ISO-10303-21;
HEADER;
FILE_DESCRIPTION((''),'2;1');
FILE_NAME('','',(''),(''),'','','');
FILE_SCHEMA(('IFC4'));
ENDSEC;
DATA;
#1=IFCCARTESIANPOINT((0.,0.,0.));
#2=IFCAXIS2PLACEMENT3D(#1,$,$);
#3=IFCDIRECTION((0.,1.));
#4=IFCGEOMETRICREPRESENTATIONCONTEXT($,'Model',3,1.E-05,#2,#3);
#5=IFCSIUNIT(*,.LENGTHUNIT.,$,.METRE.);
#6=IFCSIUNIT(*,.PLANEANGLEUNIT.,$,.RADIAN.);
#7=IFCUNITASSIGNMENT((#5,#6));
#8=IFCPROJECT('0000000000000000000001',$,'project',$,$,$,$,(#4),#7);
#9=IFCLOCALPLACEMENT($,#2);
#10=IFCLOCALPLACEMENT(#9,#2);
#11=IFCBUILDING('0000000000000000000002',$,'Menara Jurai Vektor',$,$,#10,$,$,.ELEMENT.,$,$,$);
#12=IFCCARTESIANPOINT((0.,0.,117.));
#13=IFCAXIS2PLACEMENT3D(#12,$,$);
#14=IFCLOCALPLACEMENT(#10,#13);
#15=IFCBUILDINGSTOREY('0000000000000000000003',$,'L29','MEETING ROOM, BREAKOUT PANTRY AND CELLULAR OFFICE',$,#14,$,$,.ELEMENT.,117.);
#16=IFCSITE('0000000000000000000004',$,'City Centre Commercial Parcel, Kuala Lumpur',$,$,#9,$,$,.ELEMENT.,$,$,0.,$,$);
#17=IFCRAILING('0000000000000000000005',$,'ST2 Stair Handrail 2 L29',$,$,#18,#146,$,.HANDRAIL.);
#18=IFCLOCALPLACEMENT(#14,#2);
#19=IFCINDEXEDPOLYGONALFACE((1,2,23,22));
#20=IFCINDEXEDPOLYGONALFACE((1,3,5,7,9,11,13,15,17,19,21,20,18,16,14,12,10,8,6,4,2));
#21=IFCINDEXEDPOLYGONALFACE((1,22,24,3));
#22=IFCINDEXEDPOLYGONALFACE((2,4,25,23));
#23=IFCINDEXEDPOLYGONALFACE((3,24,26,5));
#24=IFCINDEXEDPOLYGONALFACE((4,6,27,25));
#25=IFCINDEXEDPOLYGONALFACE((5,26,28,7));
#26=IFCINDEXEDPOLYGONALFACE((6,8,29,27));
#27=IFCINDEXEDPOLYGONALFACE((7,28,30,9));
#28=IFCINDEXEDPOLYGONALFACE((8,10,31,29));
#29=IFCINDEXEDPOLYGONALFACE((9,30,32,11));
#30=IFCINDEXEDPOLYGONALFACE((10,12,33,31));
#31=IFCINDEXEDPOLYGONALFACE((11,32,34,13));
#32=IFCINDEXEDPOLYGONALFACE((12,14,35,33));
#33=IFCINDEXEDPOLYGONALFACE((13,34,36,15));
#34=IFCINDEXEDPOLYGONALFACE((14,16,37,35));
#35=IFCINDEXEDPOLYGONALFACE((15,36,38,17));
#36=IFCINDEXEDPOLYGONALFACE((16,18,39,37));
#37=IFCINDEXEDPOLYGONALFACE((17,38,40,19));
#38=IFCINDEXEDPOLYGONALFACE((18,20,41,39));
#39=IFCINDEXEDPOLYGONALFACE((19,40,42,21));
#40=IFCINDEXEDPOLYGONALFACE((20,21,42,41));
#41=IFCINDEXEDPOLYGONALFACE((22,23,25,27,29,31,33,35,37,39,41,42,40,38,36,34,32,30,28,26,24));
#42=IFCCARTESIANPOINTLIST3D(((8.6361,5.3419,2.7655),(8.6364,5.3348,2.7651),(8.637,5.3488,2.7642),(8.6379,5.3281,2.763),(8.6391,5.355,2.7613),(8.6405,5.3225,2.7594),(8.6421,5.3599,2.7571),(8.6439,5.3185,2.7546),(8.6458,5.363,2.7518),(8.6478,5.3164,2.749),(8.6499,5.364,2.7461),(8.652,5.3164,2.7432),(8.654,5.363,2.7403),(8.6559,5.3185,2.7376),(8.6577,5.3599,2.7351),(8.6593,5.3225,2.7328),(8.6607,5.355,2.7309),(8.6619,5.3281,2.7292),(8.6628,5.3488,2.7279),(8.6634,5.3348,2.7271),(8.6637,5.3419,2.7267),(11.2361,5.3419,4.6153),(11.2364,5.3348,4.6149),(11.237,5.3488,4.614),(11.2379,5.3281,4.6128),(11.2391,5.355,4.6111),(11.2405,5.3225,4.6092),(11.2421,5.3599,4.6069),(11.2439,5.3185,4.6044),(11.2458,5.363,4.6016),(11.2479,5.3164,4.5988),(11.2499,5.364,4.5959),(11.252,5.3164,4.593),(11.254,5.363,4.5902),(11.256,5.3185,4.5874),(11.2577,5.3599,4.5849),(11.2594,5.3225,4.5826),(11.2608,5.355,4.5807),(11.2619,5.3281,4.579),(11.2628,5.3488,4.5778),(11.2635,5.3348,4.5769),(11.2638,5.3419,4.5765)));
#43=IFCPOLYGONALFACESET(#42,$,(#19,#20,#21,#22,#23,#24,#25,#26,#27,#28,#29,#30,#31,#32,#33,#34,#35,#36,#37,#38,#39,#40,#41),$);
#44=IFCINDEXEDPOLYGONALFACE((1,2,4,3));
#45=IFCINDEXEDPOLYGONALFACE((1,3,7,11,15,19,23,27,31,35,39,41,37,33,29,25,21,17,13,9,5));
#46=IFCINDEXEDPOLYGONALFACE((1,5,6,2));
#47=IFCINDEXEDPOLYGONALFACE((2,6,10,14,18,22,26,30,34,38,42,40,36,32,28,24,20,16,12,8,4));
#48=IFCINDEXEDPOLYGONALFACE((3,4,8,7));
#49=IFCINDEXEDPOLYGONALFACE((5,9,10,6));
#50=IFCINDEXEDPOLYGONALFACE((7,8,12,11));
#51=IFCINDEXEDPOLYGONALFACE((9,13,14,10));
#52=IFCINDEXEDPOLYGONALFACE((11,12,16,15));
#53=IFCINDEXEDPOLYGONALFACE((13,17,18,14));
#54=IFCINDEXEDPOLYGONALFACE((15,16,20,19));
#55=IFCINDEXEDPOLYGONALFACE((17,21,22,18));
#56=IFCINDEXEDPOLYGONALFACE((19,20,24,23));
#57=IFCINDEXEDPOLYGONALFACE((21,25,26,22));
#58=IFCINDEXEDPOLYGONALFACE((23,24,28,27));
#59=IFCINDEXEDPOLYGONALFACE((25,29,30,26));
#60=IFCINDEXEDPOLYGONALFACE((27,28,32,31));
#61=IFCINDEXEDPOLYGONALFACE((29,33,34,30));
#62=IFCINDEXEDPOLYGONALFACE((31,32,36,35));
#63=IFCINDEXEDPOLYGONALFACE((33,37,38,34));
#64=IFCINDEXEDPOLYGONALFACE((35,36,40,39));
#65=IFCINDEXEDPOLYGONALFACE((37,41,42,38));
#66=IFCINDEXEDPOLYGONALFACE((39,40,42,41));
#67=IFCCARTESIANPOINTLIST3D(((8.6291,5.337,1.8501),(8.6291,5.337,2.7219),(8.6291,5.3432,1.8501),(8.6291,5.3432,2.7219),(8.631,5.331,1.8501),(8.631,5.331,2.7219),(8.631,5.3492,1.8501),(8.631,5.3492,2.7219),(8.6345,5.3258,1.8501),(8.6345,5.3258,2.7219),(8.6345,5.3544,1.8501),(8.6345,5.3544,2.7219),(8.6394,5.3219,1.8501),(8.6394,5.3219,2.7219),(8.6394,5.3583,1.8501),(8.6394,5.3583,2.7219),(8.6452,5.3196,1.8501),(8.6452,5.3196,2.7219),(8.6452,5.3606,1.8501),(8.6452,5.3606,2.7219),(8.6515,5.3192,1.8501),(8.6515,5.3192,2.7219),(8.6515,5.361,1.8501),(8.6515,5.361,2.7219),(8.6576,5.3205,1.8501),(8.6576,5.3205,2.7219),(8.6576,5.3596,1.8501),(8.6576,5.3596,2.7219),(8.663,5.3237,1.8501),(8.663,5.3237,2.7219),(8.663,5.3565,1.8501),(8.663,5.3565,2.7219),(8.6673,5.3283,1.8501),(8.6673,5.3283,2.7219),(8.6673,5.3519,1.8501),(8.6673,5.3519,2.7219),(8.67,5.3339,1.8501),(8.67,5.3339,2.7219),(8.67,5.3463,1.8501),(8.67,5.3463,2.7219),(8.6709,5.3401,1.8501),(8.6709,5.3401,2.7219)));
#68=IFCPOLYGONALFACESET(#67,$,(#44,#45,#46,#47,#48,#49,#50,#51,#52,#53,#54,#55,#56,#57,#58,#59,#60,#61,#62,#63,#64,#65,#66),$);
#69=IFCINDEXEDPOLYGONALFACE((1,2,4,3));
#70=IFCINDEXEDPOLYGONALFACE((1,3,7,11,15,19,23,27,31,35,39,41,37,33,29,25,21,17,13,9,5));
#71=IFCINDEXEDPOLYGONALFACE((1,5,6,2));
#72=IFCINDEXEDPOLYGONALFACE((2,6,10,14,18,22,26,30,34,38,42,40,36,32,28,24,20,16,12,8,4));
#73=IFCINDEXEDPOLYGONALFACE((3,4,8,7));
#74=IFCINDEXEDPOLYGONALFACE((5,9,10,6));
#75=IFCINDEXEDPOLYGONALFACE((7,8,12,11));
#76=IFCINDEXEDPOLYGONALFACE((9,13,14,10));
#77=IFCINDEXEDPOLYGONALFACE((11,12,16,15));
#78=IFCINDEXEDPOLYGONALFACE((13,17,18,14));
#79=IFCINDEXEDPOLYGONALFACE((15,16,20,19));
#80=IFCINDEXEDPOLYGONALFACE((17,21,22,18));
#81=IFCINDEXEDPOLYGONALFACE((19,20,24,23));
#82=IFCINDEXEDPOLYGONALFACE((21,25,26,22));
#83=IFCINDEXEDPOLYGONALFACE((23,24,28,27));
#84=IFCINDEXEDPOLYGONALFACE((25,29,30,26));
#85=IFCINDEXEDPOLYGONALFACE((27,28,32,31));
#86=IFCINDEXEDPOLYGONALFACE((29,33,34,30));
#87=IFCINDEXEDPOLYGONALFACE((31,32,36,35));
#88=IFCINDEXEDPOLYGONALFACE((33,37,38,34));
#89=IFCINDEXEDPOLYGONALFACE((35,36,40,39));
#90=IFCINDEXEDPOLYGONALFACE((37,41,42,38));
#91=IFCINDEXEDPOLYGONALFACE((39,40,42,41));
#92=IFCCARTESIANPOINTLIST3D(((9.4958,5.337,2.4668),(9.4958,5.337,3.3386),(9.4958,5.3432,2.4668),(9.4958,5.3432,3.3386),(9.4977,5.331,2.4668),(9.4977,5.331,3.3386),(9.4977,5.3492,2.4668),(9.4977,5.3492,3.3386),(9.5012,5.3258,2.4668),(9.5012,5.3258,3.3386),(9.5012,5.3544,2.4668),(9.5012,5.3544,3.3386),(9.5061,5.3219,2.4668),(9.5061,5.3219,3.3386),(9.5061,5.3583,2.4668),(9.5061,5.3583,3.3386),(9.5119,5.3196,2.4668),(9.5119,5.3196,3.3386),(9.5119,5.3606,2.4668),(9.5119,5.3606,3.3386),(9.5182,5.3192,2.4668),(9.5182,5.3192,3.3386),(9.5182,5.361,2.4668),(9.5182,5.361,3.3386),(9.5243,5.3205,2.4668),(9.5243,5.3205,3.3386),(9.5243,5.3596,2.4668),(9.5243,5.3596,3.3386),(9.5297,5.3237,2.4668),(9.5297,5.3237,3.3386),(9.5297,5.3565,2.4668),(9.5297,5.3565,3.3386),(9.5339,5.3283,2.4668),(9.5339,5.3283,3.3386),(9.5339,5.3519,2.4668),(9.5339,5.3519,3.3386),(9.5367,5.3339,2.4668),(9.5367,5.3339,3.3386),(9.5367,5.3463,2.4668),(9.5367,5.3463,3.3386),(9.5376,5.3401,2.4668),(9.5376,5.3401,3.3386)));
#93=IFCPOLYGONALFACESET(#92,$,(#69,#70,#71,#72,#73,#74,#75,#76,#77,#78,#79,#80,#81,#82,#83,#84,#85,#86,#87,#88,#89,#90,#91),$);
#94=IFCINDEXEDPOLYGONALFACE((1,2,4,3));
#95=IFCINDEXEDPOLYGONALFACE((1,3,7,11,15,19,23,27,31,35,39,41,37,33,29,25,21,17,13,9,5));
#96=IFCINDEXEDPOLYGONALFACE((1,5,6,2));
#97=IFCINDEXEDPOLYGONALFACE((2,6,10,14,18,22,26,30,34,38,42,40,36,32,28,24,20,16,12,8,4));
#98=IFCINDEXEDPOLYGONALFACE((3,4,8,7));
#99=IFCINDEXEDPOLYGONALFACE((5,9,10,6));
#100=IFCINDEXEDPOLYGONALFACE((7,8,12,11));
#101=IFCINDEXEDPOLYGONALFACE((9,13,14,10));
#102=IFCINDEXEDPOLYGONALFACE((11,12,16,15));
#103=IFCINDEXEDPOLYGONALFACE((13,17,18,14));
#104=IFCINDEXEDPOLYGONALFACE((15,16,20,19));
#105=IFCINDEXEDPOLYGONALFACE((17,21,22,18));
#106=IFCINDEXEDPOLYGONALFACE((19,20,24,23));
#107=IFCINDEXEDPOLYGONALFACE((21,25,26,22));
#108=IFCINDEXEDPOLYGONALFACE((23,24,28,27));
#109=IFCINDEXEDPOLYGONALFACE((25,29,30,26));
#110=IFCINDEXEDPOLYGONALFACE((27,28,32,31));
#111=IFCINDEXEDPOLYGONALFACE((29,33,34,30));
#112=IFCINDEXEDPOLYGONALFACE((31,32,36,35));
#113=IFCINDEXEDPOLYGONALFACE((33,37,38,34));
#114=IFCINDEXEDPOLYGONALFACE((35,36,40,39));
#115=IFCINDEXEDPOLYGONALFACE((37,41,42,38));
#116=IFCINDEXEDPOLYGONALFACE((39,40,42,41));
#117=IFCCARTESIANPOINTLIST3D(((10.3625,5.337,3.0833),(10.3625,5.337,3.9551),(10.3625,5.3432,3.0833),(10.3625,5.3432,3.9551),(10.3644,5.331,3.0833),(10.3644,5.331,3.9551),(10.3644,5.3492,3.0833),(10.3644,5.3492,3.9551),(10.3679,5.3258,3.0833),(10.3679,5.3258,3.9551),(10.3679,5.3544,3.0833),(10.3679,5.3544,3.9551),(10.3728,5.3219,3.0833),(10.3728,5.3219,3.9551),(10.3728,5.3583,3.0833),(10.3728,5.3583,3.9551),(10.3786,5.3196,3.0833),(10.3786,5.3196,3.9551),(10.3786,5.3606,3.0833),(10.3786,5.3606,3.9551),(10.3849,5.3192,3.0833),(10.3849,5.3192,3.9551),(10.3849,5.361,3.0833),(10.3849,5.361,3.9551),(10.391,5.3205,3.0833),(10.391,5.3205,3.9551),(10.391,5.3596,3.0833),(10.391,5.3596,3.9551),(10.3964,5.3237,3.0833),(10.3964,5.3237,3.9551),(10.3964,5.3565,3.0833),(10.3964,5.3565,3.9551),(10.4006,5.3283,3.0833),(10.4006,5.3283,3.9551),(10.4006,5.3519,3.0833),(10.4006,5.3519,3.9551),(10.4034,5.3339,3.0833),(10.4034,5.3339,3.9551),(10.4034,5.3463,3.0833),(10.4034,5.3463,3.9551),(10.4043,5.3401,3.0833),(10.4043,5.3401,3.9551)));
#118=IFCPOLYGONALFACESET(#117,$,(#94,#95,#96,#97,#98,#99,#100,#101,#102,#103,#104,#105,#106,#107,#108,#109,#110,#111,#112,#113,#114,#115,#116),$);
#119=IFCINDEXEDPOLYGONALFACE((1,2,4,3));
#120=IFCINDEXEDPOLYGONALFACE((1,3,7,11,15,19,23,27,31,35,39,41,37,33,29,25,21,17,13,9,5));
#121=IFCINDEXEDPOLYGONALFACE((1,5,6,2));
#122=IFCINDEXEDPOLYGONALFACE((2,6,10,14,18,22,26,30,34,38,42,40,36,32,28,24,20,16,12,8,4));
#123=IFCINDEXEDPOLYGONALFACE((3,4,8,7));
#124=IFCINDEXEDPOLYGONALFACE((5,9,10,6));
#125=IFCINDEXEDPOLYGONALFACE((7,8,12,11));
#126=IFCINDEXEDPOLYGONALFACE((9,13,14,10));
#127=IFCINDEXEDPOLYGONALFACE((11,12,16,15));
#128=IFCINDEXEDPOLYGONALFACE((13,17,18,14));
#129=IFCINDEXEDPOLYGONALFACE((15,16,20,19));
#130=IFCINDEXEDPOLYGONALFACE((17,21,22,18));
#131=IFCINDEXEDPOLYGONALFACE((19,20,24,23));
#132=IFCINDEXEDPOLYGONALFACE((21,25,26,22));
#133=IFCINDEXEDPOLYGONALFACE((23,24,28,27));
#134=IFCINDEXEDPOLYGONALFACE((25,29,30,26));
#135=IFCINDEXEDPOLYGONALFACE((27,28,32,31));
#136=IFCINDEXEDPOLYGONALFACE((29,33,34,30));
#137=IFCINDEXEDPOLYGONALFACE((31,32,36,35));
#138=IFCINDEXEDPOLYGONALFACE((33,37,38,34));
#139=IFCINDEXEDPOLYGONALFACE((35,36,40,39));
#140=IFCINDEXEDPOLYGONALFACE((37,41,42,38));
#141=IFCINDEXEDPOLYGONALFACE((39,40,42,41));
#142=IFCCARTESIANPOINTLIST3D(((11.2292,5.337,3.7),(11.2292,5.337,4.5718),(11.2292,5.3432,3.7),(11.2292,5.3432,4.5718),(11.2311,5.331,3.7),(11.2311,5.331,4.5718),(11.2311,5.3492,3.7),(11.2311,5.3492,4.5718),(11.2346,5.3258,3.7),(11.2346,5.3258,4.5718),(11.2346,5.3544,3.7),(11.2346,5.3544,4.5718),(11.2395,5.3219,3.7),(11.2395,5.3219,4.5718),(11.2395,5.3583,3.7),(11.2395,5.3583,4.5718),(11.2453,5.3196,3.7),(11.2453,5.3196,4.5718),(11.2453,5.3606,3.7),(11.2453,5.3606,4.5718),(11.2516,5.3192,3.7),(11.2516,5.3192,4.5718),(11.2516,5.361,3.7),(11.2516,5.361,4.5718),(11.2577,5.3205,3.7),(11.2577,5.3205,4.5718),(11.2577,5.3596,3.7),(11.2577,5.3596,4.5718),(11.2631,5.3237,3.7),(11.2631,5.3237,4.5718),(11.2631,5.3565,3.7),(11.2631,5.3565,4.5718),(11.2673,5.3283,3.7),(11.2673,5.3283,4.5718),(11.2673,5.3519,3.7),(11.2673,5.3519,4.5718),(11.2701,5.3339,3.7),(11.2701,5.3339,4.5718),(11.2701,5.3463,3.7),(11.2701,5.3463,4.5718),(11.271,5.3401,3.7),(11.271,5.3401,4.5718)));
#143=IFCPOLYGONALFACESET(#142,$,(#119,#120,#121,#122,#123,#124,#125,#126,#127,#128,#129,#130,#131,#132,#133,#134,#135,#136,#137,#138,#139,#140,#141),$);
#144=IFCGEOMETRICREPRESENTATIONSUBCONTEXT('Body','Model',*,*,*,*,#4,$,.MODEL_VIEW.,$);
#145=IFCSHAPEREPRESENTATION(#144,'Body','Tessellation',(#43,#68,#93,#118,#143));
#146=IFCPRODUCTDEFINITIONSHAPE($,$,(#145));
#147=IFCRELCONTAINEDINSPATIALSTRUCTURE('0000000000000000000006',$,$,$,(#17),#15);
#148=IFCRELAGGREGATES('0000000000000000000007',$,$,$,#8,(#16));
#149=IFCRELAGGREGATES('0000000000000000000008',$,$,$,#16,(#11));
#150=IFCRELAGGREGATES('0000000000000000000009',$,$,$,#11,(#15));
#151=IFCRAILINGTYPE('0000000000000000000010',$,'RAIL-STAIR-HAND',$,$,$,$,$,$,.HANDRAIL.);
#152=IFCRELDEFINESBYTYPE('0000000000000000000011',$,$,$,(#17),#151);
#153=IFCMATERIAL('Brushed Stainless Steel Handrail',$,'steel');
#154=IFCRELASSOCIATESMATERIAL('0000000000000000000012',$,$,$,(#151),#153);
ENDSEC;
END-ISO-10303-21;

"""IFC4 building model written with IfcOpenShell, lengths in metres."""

from ifc_helpers import new_model, si_unit, direction, frame, origin, origin_2d, place, context, subcontext, project, spatial, circle, extrude, material, type_object, element, save


model = new_model("IFC4")

# Units and contexts
model_context = context("Model", 3, precision=1e-05, world=origin(), true_north=direction((0.0, 1.0)))
body_context = subcontext(model_context, "Body", "Model", "MODEL_VIEW")
ifc_project = project(units=[si_unit("LENGTHUNIT", "METRE"), si_unit("PLANEANGLEUNIT", "RADIAN")], contexts=[model_context])

# Site, building, storey
site_placement = place(None, origin())
site = spatial("IfcSite", under=ifc_project, at=site_placement, Name="City Centre Commercial Parcel, Kuala Lumpur", CompositionType="ELEMENT", RefElevation=0.0)
building_placement = place(site_placement, origin())
building = spatial("IfcBuilding", under=site, at=building_placement, Name="Menara Jurai Vektor", CompositionType="ELEMENT")
storey_placement = place(building_placement, frame((0.0, 0.0, 117.0)))
storey = spatial("IfcBuildingStorey", under=building, at=storey_placement, Name="L29", Description="MEETING ROOM, BREAKOUT PANTRY AND CELLULAR OFFICE", CompositionType="ELEMENT", Elevation=117.0)

# Railing
ifc_material_1 = material(Name="Brushed Stainless Steel Handrail", Category="steel")
railing_type_1 = type_object("IfcRailingType", Name="RAIL-STAIR-HAND", PredefinedType="HANDRAIL", material=ifc_material_1)
railing_1_placement = place(storey_placement, frame((8.6499, 5.3401, 1.8501)))
element("IfcRailing", 1, at=railing_1_placement, inside=storey, type_object=railing_type_1, Name="ST2 Stair Handrail 2 L29", PredefinedType="HANDRAIL", context=body_context, shape_type="SweptSolid", body=[
    extrude(circle(Radius=0.0239, at=origin_2d()), frame((0.0, 0.0, 0.896), z_axis=(0.814823, 0.0, 0.57971), x_axis=(0.0, 1.0, 0.0)), (0.0, 0.0, 1.0), 3.1909),
    extrude(circle(Radius=0.021, at=origin_2d()), origin(), (0.0, 0.0, 1.0), 0.8718),
    extrude(circle(Radius=0.021, at=origin_2d()), frame((0.8667, 0.0, 0.6167)), (0.0, 0.0, 1.0), 0.8718),
    extrude(circle(Radius=0.021, at=origin_2d()), frame((1.7334, 0.0, 1.2332)), (0.0, 0.0, 1.0), 0.8718),
    extrude(circle(Radius=0.021, at=origin_2d()), frame((2.6001, 0.0, 1.8499)), (0.0, 0.0, 1.0), 0.8718),
])

save(model, "model.ifc")
